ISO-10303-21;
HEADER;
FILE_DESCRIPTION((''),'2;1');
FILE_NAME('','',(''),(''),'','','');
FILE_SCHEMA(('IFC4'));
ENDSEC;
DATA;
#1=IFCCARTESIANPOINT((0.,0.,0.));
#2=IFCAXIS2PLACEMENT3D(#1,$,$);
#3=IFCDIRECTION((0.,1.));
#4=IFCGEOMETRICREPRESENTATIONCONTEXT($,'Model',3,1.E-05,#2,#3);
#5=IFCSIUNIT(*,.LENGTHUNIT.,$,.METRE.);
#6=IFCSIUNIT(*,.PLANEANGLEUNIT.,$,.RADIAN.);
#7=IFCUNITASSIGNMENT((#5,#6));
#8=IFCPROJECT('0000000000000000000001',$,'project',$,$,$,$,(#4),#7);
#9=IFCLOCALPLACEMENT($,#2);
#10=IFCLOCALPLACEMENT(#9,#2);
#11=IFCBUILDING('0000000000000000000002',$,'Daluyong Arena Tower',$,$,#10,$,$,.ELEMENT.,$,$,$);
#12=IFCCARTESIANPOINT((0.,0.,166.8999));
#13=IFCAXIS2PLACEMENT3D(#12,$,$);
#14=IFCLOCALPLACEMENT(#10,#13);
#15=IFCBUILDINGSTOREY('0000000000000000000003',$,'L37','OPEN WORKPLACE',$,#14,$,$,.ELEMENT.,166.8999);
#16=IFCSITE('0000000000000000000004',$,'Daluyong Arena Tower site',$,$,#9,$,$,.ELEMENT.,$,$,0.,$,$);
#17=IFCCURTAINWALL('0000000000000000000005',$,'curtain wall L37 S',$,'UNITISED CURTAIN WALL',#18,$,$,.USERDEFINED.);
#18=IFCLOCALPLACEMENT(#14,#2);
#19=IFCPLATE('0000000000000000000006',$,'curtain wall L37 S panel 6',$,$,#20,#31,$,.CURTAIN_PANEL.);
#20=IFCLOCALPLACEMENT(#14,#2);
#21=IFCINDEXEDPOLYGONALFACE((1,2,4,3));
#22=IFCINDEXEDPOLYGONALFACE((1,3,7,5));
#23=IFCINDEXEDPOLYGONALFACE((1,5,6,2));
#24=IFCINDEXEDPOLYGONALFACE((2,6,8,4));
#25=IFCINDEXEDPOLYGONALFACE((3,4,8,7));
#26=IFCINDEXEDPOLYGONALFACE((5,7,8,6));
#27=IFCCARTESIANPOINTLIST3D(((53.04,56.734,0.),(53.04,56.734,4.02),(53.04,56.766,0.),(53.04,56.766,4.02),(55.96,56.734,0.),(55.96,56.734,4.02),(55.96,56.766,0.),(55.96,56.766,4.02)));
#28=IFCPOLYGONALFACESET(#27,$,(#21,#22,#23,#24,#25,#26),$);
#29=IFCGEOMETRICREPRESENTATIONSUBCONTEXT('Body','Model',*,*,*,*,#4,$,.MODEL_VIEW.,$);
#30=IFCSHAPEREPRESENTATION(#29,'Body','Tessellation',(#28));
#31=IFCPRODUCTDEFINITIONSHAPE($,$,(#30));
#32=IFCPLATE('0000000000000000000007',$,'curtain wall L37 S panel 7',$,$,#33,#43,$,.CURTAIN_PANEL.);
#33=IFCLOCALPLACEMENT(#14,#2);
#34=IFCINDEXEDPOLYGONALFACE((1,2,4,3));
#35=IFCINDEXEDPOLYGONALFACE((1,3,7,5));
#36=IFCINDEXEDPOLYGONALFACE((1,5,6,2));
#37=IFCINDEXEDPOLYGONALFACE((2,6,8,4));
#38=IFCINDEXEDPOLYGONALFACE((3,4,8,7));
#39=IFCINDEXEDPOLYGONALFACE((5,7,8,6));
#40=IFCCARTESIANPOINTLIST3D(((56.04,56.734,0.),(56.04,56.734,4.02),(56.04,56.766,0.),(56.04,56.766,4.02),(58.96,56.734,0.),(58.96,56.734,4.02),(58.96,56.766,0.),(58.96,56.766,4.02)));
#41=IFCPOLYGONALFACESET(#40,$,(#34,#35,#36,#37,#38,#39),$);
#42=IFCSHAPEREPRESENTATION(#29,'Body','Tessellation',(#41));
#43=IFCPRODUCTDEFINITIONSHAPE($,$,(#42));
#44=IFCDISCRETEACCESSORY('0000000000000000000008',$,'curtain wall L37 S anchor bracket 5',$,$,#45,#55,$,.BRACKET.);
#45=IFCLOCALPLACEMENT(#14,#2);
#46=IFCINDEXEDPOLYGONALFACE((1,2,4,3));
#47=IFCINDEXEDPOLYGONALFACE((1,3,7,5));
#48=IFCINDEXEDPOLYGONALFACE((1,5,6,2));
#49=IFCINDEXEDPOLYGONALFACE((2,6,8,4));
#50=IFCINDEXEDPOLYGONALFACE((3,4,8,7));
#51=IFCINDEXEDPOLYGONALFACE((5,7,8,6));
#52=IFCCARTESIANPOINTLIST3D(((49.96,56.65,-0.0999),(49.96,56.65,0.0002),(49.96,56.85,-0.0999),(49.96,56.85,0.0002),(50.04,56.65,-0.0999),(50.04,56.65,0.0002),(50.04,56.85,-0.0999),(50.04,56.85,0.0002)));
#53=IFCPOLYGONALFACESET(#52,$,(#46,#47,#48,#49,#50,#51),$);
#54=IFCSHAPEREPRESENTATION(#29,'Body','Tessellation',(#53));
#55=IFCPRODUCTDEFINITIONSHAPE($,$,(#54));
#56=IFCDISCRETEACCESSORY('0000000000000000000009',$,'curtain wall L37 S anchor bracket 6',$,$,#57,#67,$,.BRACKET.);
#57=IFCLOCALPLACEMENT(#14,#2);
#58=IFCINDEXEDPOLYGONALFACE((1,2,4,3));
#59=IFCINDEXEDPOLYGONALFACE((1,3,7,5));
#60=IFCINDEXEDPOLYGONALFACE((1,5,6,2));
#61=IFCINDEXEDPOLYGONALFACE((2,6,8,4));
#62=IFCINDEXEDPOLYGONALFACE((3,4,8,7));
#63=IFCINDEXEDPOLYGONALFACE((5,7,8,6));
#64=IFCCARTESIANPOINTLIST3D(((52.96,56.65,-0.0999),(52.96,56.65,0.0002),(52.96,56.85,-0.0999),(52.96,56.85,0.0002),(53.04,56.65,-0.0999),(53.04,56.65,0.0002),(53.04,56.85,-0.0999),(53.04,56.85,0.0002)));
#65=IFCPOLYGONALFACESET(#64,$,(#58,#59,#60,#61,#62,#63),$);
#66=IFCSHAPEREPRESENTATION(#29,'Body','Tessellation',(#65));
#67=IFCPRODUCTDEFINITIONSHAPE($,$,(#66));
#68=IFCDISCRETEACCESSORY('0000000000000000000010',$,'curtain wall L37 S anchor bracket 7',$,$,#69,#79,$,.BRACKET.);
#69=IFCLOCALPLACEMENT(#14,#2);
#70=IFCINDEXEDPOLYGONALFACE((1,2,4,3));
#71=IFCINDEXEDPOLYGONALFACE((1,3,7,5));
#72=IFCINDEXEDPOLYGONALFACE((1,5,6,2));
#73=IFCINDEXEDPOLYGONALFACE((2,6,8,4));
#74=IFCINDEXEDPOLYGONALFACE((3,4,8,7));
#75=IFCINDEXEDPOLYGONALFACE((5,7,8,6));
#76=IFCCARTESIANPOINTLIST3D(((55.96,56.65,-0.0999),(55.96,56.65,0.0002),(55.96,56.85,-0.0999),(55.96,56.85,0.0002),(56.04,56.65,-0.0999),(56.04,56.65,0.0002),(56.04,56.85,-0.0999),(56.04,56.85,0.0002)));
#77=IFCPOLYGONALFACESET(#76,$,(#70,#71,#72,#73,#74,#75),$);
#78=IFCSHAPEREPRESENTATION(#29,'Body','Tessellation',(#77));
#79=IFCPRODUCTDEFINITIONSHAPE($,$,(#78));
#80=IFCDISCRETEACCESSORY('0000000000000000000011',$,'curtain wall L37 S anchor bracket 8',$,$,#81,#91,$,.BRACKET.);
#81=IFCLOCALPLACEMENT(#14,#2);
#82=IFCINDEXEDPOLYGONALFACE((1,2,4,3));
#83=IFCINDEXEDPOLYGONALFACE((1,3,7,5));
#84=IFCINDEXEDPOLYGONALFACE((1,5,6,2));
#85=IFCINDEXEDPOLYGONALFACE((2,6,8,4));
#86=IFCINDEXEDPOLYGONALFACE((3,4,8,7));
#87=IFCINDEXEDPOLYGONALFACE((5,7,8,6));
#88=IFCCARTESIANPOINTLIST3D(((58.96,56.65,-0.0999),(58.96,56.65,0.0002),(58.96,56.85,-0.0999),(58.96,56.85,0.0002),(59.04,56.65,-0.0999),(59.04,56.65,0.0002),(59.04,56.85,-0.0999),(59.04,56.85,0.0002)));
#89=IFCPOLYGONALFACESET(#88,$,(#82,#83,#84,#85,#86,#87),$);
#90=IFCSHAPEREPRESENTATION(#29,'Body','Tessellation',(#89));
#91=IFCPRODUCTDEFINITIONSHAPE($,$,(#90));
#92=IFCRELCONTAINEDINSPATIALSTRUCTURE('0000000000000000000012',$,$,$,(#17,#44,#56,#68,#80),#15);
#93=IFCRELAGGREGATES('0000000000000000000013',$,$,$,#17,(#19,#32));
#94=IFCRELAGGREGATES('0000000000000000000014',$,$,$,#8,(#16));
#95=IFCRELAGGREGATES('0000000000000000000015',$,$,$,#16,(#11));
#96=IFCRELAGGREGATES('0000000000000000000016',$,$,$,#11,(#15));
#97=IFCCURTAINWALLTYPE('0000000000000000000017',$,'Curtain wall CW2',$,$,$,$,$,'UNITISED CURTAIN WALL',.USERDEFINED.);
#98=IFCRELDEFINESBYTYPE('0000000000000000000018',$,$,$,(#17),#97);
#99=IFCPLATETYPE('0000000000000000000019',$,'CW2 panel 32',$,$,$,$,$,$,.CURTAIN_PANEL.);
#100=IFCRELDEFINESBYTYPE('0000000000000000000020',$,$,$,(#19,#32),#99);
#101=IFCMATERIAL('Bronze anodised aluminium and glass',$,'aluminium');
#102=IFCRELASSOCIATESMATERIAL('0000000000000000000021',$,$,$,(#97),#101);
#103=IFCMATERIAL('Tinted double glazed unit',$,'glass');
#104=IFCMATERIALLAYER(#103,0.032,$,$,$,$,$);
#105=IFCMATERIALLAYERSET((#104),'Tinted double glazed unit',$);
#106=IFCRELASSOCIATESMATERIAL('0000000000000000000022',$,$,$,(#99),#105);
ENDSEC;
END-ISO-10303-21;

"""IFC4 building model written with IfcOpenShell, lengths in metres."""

from ifc_helpers import new_model, si_unit, direction, frame, origin, origin_2d, place, context, subcontext, project, spatial, rectangle, extrude, material, layer, layer_set, type_object, element, aggregate, save


model = new_model("IFC4")

# Units and contexts
model_context = context("Model", 3, precision=1e-05, world=origin(), true_north=direction((0.0, 1.0)))
body_context = subcontext(model_context, "Body", "Model", "MODEL_VIEW")
ifc_project = project(units=[si_unit("LENGTHUNIT", "METRE"), si_unit("PLANEANGLEUNIT", "RADIAN")], contexts=[model_context])

# Site, building, storey
site_placement = place(None, origin())
site = spatial("IfcSite", under=ifc_project, at=site_placement, Name="Daluyong Arena Tower site", CompositionType="ELEMENT", RefElevation=0.0)
building_placement = place(site_placement, origin())
building = spatial("IfcBuilding", under=site, at=building_placement, Name="Daluyong Arena Tower", CompositionType="ELEMENT")
storey_placement = place(building_placement, frame((0.0, 0.0, 166.8999)))
storey = spatial("IfcBuildingStorey", under=building, at=storey_placement, Name="L37", Description="OPEN WORKPLACE", CompositionType="ELEMENT", Elevation=166.8999)

# Curtain wall
ifc_material_1 = material(Name="Bronze anodised aluminium and glass", Category="aluminium")
curtain_wall_type = type_object("IfcCurtainWallType", Name="Curtain wall CW2", ElementType="UNITISED CURTAIN WALL", PredefinedType="USERDEFINED", material=ifc_material_1)
curtain_wall_placement = place(storey_placement, origin())
curtain_wall = element("IfcCurtainWall", 1, at=curtain_wall_placement, inside=storey, type_object=curtain_wall_type, Name="curtain wall L37 S", ObjectType="UNITISED CURTAIN WALL", PredefinedType="USERDEFINED")

# Plates
ifc_material_2 = material(Name="Tinted double glazed unit", Category="glass")
ifc_layer = layer(ifc_material_2, 0.032)
ifc_layer_set = layer_set([ifc_layer], Name="Tinted double glazed unit")
plate_type = type_object("IfcPlateType", Name="CW2 panel 32", PredefinedType="CURTAIN_PANEL", material=ifc_layer_set)
plate_1_placement = place(storey_placement, frame((54.5, 56.75, 0.0), z_axis=(0.0, 0.0, 1.0), x_axis=(1.0, 0.0, 0.0)))
plate_1 = element("IfcPlate", 2, at=plate_1_placement, type_object=plate_type, Name="curtain wall L37 S panel 6", PredefinedType="CURTAIN_PANEL", context=body_context, shape_type="SweptSolid", body=[
    extrude(rectangle(XDim=2.9199, YDim=0.032, at=origin_2d()), origin(), (0.0, 0.0, 1.0), 4.02),
])
plate_2_placement = place(storey_placement, frame((57.5, 56.75, 0.0), z_axis=(0.0, 0.0, 1.0), x_axis=(1.0, 0.0, 0.0)))
plate_2 = element("IfcPlate", 3, at=plate_2_placement, type_object=plate_type, Name="curtain wall L37 S panel 7", PredefinedType="CURTAIN_PANEL", context=body_context, shape_type="SweptSolid", body=[
    extrude(rectangle(XDim=2.9199, YDim=0.032, at=origin_2d()), origin(), (0.0, 0.0, 1.0), 4.02),
])
aggregate(curtain_wall, [plate_1, plate_2])

# Discrete accessories
for number, where, z_axis, x_axis, name in (
    (4, (50.0, 56.75, -0.0999), (0.0, 0.0, 1.0), (1.0, 0.0, 0.0), "curtain wall L37 S anchor bracket 5"),
    (5, (53.0, 56.75, -0.0999), (0.0, 0.0, 1.0), (1.0, 0.0, 0.0), "curtain wall L37 S anchor bracket 6"),
    (6, (56.0, 56.75, -0.0999), (0.0, 0.0, 1.0), (1.0, 0.0, 0.0), "curtain wall L37 S anchor bracket 7"),
    (7, (59.0, 56.75, -0.0999), (0.0, 0.0, 1.0), (1.0, 0.0, 0.0), "curtain wall L37 S anchor bracket 8"),
):
    element("IfcDiscreteAccessory", number, at=place(storey_placement, frame(where, z_axis=z_axis, x_axis=x_axis)), inside=storey, Name=name, PredefinedType="BRACKET", context=body_context, shape_type="SweptSolid", body=[
        extrude(rectangle(XDim=0.0801, YDim=0.2, at=origin_2d()), origin(), (0.0, 0.0, 1.0), 0.1001),
    ])

save(model, "model.ifc")
